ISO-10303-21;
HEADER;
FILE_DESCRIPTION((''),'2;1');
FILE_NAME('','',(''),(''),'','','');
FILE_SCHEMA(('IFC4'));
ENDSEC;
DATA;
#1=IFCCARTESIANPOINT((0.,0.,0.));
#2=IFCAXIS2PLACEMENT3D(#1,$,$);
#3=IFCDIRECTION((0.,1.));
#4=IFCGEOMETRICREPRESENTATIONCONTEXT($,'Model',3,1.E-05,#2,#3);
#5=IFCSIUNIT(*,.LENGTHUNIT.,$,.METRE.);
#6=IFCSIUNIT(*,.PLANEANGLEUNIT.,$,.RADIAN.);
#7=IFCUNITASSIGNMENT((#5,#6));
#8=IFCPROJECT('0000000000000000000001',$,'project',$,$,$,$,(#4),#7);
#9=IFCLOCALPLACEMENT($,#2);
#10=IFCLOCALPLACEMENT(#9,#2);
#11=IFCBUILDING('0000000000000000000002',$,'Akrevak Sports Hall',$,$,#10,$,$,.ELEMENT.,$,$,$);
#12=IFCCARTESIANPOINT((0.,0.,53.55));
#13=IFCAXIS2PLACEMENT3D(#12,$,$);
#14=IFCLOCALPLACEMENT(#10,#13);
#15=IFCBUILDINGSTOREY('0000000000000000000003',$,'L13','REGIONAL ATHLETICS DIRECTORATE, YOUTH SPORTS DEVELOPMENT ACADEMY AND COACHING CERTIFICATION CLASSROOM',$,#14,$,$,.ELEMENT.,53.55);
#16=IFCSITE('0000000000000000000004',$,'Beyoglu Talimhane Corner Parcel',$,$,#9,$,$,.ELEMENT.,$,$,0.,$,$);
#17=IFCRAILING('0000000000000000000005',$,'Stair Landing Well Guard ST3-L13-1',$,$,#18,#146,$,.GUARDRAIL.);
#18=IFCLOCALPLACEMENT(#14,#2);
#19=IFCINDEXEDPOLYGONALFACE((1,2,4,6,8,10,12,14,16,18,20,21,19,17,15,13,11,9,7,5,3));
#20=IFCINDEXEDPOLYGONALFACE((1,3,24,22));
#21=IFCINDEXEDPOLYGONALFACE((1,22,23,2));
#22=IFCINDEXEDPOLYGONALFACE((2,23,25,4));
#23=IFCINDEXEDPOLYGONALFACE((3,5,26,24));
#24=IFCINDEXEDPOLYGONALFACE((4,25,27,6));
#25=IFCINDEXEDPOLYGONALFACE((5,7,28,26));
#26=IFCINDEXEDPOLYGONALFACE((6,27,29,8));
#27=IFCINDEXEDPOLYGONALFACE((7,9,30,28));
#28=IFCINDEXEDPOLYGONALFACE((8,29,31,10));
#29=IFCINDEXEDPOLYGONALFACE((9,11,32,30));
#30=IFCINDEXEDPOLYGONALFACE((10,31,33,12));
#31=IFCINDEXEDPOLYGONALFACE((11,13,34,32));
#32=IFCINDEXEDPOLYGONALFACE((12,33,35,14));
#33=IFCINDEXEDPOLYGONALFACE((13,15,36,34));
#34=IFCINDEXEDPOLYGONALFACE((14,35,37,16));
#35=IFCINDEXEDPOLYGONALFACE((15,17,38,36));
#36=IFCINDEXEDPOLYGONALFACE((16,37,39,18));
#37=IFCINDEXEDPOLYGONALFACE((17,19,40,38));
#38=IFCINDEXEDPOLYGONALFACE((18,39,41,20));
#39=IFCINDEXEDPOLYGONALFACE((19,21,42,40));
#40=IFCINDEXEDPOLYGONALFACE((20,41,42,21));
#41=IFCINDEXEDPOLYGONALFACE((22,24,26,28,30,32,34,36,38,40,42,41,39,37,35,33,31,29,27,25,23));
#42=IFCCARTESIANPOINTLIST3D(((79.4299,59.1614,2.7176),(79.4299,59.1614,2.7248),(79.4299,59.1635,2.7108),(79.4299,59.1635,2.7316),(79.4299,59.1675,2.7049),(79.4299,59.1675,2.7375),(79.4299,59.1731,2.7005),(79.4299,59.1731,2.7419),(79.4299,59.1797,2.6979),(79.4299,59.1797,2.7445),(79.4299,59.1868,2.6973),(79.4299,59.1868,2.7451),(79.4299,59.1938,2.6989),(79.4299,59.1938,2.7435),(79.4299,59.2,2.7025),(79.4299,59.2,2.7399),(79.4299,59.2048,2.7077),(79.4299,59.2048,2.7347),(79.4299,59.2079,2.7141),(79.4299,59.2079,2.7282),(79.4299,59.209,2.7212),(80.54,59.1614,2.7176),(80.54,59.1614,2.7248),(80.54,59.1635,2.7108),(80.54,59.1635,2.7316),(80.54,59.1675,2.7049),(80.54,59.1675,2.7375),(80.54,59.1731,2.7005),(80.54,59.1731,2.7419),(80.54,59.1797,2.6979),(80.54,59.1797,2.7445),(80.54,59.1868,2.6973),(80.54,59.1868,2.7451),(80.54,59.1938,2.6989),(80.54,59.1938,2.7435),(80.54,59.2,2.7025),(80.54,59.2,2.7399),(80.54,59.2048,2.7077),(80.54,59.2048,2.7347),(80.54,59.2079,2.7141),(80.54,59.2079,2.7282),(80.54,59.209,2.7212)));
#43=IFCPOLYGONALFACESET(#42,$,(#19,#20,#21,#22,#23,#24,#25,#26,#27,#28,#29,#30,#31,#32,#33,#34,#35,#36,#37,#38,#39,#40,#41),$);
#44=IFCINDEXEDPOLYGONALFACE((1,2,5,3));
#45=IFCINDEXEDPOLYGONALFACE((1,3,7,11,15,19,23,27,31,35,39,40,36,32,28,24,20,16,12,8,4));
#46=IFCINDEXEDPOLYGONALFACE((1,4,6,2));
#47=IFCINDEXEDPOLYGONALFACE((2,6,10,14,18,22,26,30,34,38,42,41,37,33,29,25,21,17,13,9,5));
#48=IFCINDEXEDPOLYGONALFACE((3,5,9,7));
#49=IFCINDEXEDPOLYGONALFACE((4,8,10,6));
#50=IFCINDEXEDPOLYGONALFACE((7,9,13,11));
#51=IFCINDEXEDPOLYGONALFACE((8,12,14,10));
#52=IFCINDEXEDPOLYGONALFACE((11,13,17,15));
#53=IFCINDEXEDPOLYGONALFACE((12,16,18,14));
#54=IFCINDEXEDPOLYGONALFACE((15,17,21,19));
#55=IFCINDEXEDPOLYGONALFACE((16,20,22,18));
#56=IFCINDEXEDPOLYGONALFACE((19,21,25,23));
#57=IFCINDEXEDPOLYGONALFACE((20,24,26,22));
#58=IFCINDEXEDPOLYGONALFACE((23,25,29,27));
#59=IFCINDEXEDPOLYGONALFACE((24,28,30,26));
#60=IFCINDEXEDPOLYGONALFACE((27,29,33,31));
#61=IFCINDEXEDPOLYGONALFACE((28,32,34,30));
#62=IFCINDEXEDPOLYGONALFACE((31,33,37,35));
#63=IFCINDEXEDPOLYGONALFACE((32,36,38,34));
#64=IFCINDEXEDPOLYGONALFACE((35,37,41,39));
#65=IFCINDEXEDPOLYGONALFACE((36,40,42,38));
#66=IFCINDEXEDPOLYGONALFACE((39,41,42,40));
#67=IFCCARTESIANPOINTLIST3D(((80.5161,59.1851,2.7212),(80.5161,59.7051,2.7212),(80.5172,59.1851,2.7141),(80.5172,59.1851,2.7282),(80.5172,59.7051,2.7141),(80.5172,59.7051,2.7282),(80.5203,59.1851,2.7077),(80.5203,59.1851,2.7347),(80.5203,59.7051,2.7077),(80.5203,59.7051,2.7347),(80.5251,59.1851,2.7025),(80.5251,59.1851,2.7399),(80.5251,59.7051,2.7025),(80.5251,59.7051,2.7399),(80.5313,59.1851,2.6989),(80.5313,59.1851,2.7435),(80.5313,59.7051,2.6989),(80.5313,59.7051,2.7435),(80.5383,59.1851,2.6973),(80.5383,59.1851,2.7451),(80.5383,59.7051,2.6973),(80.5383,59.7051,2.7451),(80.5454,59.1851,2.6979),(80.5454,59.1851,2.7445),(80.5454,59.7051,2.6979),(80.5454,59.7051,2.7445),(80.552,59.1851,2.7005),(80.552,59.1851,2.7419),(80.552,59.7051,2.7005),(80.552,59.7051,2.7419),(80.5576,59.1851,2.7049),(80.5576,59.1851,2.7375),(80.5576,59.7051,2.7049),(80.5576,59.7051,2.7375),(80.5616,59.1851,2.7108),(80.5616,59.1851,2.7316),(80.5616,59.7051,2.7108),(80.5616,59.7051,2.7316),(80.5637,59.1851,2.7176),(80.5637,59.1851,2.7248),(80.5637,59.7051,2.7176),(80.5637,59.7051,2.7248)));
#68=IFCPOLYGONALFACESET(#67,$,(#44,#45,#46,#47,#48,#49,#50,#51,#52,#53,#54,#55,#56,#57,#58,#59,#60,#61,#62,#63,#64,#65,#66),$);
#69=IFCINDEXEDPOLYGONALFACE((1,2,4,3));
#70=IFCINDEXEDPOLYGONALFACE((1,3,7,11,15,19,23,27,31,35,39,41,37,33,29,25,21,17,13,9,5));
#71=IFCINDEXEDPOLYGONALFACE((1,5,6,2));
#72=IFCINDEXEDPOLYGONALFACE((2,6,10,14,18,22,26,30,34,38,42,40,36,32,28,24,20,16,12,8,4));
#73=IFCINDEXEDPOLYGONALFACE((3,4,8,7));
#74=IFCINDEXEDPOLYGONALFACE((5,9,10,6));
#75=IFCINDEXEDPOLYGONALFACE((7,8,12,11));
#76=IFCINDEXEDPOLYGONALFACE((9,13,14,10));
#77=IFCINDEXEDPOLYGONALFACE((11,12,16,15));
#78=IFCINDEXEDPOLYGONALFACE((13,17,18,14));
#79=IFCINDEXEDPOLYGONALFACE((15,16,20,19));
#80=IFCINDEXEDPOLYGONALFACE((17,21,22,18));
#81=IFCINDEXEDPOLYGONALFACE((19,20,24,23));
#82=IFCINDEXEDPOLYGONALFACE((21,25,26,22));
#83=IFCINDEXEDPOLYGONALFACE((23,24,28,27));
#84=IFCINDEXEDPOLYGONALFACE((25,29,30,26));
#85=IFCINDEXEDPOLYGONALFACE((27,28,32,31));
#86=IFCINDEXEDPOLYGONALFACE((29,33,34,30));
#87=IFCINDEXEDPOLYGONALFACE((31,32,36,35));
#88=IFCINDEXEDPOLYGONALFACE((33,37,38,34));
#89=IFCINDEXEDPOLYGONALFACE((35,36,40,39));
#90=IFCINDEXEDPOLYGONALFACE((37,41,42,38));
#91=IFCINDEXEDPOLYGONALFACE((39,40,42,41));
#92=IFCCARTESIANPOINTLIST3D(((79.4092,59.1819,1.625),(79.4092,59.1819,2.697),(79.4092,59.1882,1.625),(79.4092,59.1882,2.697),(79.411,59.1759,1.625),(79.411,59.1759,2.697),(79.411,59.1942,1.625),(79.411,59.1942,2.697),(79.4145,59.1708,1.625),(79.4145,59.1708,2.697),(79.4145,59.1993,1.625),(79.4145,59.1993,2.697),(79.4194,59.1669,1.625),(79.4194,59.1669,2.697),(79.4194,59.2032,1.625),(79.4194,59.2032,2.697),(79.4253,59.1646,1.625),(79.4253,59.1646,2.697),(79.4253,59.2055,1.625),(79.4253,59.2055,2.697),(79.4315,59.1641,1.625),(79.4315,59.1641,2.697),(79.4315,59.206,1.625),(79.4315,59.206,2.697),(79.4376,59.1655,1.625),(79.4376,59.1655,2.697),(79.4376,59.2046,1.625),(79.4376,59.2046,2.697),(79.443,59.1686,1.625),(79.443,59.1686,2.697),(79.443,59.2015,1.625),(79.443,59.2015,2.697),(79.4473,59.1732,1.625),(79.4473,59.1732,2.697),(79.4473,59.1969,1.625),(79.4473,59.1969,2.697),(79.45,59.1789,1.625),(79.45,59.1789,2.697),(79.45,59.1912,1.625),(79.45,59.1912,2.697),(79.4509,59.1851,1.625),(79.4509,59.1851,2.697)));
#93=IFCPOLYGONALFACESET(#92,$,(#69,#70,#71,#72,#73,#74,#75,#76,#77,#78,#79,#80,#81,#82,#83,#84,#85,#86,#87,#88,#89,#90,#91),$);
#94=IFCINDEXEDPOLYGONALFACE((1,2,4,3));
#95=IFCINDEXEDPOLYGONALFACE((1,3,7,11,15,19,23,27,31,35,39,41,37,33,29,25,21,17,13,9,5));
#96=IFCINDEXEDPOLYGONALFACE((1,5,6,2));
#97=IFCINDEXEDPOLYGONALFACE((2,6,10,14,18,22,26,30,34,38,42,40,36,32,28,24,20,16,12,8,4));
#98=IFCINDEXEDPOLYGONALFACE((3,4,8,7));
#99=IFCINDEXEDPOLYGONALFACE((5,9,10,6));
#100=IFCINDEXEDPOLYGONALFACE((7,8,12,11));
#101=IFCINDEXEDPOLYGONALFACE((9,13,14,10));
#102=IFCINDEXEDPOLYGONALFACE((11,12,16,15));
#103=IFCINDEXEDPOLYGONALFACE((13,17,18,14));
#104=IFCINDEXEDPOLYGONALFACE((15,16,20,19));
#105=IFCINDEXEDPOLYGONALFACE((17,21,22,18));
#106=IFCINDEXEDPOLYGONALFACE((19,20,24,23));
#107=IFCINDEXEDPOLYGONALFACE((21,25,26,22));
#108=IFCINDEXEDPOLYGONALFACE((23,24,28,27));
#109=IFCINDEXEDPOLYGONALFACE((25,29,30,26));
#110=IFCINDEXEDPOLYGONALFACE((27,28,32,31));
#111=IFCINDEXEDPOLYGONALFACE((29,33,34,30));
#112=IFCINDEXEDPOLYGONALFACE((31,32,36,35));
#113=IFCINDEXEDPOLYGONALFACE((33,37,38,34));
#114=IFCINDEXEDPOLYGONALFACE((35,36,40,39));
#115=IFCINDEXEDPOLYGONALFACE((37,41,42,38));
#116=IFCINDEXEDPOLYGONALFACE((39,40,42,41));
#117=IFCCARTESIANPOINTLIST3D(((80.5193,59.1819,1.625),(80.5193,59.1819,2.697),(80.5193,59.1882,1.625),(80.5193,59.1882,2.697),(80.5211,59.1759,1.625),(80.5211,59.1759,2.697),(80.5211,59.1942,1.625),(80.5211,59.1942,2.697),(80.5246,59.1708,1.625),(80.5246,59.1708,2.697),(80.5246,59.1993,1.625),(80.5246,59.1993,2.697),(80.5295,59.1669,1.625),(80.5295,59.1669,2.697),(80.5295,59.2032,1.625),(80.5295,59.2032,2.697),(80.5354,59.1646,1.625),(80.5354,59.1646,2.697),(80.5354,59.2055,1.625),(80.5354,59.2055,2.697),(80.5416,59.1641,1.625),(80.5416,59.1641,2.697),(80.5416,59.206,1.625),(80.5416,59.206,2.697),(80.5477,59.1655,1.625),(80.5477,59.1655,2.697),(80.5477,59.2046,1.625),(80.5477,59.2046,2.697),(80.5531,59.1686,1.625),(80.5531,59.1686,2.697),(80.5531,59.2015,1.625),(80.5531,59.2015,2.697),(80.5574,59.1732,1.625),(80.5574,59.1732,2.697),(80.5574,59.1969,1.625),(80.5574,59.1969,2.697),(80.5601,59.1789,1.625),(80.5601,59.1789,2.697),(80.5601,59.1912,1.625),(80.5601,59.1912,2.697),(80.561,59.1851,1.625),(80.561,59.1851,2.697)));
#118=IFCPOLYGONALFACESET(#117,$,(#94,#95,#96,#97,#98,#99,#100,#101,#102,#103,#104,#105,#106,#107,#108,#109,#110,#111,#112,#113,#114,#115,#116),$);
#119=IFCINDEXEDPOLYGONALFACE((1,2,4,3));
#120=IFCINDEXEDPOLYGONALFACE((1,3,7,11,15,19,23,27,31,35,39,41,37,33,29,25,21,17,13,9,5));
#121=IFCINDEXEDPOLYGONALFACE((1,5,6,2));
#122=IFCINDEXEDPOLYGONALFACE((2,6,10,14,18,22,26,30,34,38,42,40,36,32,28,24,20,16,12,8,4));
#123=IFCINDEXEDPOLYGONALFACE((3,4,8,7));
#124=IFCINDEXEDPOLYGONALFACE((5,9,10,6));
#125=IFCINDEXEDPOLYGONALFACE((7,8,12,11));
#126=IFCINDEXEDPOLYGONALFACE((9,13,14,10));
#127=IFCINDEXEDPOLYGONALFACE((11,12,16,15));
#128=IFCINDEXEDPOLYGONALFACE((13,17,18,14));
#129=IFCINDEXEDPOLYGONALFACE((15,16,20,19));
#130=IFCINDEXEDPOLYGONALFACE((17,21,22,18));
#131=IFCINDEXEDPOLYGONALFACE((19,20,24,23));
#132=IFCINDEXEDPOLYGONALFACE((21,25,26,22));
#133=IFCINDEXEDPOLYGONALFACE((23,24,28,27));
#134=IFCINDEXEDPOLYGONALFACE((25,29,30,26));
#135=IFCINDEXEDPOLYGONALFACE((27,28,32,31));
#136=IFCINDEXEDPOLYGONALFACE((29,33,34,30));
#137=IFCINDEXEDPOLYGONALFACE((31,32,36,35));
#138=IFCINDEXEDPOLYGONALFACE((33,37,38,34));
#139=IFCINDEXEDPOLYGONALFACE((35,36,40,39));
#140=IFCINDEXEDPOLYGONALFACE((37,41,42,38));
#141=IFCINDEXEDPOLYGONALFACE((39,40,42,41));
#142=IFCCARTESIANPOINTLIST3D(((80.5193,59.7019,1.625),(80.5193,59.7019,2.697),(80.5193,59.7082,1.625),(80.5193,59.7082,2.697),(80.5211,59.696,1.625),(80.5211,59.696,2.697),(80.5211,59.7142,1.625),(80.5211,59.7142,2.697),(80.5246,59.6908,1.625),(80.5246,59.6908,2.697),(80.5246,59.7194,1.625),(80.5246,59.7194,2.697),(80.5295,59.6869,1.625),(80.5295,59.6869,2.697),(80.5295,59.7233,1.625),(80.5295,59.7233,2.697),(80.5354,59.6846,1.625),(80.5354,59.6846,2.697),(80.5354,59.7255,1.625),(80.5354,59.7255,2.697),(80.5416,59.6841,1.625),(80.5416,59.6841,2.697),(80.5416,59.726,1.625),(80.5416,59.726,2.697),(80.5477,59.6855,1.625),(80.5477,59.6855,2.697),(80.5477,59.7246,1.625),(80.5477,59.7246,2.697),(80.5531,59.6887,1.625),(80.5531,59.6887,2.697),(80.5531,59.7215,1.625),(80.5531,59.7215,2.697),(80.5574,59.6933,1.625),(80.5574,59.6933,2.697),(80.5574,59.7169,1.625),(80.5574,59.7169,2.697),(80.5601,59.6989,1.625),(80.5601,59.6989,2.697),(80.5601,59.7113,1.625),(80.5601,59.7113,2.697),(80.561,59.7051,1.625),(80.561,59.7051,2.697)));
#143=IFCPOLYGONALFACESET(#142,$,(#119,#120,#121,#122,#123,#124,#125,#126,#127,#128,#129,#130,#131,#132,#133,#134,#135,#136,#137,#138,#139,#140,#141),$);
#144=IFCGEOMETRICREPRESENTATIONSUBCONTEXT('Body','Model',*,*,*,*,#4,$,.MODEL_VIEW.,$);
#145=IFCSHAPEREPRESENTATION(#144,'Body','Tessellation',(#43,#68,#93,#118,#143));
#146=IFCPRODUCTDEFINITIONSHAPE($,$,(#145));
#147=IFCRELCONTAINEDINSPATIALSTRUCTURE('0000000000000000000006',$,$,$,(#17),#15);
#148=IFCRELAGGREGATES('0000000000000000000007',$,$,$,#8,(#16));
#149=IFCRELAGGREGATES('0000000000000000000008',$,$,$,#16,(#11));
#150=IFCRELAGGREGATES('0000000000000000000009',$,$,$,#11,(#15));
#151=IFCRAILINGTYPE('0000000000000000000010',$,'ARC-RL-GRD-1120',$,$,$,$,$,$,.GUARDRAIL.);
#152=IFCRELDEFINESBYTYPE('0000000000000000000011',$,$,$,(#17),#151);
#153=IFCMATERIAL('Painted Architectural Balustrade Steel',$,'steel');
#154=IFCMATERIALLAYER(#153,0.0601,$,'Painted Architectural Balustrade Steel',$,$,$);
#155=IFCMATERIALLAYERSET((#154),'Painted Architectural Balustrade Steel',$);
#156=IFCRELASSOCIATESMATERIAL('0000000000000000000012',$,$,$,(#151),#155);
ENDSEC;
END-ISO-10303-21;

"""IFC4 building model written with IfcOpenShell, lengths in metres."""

from ifc_helpers import new_model, si_unit, direction, frame, origin, origin_2d, place, context, subcontext, project, spatial, circle, extrude, material, layer, layer_set, type_object, element, save


model = new_model("IFC4")

# Units and contexts
model_context = context("Model", 3, precision=1e-05, world=origin(), true_north=direction((0.0, 1.0)))
body_context = subcontext(model_context, "Body", "Model", "MODEL_VIEW")
ifc_project = project(units=[si_unit("LENGTHUNIT", "METRE"), si_unit("PLANEANGLEUNIT", "RADIAN")], contexts=[model_context])

# Site, building, storey
site_placement = place(None, origin())
site = spatial("IfcSite", under=ifc_project, at=site_placement, Name="Beyoglu Talimhane Corner Parcel", CompositionType="ELEMENT", RefElevation=0.0)
building_placement = place(site_placement, origin())
building = spatial("IfcBuilding", under=site, at=building_placement, Name="Akrevak Sports Hall", CompositionType="ELEMENT")
storey_placement = place(building_placement, frame((0.0, 0.0, 53.55)))
storey = spatial("IfcBuildingStorey", under=building, at=storey_placement, Name="L13", Description="REGIONAL ATHLETICS DIRECTORATE, YOUTH SPORTS DEVELOPMENT ACADEMY AND COACHING CERTIFICATION CLASSROOM", CompositionType="ELEMENT", Elevation=53.55)

# Railing
ifc_material_1 = material(Name="Painted Architectural Balustrade Steel", Category="steel")
ifc_layer_1 = layer(ifc_material_1, 0.0601, Name="Painted Architectural Balustrade Steel")
ifc_layer_set_1 = layer_set([ifc_layer_1], Name="Painted Architectural Balustrade Steel")
railing_type_1 = type_object("IfcRailingType", Name="ARC-RL-GRD-1120", PredefinedType="GUARDRAIL", material=ifc_layer_set_1)
railing_1_placement = place(storey_placement, frame((79.4299, 59.1851, 1.625)))
element("IfcRailing", 1, at=railing_1_placement, inside=storey, type_object=railing_type_1, Name="Stair Landing Well Guard ST3-L13-1", PredefinedType="GUARDRAIL", context=body_context, shape_type="SweptSolid", body=[
    extrude(circle(Radius=0.0239, at=origin_2d()), frame((0.0, 0.0, 1.0962), z_axis=(1.0, 0.0, 0.0), x_axis=(0.0, 1.0, 0.0)), (0.0, 0.0, 1.0), 1.1101),
    extrude(circle(Radius=0.0239, at=origin_2d()), frame((1.1101, 0.0, 1.0962), z_axis=(0.0, 1.0, 0.0), x_axis=(-1.0, 0.0, 0.0)), (0.0, 0.0, 1.0), 0.52),
    extrude(circle(Radius=0.021, at=origin_2d()), origin(), (0.0, 0.0, 1.0), 1.072),
    extrude(circle(Radius=0.021, at=origin_2d()), frame((1.1101, 0.0, 0.0)), (0.0, 0.0, 1.0), 1.072),
    extrude(circle(Radius=0.021, at=origin_2d()), frame((1.1101, 0.52, 0.0)), (0.0, 0.0, 1.0), 1.072),
])

save(model, "model.ifc")
